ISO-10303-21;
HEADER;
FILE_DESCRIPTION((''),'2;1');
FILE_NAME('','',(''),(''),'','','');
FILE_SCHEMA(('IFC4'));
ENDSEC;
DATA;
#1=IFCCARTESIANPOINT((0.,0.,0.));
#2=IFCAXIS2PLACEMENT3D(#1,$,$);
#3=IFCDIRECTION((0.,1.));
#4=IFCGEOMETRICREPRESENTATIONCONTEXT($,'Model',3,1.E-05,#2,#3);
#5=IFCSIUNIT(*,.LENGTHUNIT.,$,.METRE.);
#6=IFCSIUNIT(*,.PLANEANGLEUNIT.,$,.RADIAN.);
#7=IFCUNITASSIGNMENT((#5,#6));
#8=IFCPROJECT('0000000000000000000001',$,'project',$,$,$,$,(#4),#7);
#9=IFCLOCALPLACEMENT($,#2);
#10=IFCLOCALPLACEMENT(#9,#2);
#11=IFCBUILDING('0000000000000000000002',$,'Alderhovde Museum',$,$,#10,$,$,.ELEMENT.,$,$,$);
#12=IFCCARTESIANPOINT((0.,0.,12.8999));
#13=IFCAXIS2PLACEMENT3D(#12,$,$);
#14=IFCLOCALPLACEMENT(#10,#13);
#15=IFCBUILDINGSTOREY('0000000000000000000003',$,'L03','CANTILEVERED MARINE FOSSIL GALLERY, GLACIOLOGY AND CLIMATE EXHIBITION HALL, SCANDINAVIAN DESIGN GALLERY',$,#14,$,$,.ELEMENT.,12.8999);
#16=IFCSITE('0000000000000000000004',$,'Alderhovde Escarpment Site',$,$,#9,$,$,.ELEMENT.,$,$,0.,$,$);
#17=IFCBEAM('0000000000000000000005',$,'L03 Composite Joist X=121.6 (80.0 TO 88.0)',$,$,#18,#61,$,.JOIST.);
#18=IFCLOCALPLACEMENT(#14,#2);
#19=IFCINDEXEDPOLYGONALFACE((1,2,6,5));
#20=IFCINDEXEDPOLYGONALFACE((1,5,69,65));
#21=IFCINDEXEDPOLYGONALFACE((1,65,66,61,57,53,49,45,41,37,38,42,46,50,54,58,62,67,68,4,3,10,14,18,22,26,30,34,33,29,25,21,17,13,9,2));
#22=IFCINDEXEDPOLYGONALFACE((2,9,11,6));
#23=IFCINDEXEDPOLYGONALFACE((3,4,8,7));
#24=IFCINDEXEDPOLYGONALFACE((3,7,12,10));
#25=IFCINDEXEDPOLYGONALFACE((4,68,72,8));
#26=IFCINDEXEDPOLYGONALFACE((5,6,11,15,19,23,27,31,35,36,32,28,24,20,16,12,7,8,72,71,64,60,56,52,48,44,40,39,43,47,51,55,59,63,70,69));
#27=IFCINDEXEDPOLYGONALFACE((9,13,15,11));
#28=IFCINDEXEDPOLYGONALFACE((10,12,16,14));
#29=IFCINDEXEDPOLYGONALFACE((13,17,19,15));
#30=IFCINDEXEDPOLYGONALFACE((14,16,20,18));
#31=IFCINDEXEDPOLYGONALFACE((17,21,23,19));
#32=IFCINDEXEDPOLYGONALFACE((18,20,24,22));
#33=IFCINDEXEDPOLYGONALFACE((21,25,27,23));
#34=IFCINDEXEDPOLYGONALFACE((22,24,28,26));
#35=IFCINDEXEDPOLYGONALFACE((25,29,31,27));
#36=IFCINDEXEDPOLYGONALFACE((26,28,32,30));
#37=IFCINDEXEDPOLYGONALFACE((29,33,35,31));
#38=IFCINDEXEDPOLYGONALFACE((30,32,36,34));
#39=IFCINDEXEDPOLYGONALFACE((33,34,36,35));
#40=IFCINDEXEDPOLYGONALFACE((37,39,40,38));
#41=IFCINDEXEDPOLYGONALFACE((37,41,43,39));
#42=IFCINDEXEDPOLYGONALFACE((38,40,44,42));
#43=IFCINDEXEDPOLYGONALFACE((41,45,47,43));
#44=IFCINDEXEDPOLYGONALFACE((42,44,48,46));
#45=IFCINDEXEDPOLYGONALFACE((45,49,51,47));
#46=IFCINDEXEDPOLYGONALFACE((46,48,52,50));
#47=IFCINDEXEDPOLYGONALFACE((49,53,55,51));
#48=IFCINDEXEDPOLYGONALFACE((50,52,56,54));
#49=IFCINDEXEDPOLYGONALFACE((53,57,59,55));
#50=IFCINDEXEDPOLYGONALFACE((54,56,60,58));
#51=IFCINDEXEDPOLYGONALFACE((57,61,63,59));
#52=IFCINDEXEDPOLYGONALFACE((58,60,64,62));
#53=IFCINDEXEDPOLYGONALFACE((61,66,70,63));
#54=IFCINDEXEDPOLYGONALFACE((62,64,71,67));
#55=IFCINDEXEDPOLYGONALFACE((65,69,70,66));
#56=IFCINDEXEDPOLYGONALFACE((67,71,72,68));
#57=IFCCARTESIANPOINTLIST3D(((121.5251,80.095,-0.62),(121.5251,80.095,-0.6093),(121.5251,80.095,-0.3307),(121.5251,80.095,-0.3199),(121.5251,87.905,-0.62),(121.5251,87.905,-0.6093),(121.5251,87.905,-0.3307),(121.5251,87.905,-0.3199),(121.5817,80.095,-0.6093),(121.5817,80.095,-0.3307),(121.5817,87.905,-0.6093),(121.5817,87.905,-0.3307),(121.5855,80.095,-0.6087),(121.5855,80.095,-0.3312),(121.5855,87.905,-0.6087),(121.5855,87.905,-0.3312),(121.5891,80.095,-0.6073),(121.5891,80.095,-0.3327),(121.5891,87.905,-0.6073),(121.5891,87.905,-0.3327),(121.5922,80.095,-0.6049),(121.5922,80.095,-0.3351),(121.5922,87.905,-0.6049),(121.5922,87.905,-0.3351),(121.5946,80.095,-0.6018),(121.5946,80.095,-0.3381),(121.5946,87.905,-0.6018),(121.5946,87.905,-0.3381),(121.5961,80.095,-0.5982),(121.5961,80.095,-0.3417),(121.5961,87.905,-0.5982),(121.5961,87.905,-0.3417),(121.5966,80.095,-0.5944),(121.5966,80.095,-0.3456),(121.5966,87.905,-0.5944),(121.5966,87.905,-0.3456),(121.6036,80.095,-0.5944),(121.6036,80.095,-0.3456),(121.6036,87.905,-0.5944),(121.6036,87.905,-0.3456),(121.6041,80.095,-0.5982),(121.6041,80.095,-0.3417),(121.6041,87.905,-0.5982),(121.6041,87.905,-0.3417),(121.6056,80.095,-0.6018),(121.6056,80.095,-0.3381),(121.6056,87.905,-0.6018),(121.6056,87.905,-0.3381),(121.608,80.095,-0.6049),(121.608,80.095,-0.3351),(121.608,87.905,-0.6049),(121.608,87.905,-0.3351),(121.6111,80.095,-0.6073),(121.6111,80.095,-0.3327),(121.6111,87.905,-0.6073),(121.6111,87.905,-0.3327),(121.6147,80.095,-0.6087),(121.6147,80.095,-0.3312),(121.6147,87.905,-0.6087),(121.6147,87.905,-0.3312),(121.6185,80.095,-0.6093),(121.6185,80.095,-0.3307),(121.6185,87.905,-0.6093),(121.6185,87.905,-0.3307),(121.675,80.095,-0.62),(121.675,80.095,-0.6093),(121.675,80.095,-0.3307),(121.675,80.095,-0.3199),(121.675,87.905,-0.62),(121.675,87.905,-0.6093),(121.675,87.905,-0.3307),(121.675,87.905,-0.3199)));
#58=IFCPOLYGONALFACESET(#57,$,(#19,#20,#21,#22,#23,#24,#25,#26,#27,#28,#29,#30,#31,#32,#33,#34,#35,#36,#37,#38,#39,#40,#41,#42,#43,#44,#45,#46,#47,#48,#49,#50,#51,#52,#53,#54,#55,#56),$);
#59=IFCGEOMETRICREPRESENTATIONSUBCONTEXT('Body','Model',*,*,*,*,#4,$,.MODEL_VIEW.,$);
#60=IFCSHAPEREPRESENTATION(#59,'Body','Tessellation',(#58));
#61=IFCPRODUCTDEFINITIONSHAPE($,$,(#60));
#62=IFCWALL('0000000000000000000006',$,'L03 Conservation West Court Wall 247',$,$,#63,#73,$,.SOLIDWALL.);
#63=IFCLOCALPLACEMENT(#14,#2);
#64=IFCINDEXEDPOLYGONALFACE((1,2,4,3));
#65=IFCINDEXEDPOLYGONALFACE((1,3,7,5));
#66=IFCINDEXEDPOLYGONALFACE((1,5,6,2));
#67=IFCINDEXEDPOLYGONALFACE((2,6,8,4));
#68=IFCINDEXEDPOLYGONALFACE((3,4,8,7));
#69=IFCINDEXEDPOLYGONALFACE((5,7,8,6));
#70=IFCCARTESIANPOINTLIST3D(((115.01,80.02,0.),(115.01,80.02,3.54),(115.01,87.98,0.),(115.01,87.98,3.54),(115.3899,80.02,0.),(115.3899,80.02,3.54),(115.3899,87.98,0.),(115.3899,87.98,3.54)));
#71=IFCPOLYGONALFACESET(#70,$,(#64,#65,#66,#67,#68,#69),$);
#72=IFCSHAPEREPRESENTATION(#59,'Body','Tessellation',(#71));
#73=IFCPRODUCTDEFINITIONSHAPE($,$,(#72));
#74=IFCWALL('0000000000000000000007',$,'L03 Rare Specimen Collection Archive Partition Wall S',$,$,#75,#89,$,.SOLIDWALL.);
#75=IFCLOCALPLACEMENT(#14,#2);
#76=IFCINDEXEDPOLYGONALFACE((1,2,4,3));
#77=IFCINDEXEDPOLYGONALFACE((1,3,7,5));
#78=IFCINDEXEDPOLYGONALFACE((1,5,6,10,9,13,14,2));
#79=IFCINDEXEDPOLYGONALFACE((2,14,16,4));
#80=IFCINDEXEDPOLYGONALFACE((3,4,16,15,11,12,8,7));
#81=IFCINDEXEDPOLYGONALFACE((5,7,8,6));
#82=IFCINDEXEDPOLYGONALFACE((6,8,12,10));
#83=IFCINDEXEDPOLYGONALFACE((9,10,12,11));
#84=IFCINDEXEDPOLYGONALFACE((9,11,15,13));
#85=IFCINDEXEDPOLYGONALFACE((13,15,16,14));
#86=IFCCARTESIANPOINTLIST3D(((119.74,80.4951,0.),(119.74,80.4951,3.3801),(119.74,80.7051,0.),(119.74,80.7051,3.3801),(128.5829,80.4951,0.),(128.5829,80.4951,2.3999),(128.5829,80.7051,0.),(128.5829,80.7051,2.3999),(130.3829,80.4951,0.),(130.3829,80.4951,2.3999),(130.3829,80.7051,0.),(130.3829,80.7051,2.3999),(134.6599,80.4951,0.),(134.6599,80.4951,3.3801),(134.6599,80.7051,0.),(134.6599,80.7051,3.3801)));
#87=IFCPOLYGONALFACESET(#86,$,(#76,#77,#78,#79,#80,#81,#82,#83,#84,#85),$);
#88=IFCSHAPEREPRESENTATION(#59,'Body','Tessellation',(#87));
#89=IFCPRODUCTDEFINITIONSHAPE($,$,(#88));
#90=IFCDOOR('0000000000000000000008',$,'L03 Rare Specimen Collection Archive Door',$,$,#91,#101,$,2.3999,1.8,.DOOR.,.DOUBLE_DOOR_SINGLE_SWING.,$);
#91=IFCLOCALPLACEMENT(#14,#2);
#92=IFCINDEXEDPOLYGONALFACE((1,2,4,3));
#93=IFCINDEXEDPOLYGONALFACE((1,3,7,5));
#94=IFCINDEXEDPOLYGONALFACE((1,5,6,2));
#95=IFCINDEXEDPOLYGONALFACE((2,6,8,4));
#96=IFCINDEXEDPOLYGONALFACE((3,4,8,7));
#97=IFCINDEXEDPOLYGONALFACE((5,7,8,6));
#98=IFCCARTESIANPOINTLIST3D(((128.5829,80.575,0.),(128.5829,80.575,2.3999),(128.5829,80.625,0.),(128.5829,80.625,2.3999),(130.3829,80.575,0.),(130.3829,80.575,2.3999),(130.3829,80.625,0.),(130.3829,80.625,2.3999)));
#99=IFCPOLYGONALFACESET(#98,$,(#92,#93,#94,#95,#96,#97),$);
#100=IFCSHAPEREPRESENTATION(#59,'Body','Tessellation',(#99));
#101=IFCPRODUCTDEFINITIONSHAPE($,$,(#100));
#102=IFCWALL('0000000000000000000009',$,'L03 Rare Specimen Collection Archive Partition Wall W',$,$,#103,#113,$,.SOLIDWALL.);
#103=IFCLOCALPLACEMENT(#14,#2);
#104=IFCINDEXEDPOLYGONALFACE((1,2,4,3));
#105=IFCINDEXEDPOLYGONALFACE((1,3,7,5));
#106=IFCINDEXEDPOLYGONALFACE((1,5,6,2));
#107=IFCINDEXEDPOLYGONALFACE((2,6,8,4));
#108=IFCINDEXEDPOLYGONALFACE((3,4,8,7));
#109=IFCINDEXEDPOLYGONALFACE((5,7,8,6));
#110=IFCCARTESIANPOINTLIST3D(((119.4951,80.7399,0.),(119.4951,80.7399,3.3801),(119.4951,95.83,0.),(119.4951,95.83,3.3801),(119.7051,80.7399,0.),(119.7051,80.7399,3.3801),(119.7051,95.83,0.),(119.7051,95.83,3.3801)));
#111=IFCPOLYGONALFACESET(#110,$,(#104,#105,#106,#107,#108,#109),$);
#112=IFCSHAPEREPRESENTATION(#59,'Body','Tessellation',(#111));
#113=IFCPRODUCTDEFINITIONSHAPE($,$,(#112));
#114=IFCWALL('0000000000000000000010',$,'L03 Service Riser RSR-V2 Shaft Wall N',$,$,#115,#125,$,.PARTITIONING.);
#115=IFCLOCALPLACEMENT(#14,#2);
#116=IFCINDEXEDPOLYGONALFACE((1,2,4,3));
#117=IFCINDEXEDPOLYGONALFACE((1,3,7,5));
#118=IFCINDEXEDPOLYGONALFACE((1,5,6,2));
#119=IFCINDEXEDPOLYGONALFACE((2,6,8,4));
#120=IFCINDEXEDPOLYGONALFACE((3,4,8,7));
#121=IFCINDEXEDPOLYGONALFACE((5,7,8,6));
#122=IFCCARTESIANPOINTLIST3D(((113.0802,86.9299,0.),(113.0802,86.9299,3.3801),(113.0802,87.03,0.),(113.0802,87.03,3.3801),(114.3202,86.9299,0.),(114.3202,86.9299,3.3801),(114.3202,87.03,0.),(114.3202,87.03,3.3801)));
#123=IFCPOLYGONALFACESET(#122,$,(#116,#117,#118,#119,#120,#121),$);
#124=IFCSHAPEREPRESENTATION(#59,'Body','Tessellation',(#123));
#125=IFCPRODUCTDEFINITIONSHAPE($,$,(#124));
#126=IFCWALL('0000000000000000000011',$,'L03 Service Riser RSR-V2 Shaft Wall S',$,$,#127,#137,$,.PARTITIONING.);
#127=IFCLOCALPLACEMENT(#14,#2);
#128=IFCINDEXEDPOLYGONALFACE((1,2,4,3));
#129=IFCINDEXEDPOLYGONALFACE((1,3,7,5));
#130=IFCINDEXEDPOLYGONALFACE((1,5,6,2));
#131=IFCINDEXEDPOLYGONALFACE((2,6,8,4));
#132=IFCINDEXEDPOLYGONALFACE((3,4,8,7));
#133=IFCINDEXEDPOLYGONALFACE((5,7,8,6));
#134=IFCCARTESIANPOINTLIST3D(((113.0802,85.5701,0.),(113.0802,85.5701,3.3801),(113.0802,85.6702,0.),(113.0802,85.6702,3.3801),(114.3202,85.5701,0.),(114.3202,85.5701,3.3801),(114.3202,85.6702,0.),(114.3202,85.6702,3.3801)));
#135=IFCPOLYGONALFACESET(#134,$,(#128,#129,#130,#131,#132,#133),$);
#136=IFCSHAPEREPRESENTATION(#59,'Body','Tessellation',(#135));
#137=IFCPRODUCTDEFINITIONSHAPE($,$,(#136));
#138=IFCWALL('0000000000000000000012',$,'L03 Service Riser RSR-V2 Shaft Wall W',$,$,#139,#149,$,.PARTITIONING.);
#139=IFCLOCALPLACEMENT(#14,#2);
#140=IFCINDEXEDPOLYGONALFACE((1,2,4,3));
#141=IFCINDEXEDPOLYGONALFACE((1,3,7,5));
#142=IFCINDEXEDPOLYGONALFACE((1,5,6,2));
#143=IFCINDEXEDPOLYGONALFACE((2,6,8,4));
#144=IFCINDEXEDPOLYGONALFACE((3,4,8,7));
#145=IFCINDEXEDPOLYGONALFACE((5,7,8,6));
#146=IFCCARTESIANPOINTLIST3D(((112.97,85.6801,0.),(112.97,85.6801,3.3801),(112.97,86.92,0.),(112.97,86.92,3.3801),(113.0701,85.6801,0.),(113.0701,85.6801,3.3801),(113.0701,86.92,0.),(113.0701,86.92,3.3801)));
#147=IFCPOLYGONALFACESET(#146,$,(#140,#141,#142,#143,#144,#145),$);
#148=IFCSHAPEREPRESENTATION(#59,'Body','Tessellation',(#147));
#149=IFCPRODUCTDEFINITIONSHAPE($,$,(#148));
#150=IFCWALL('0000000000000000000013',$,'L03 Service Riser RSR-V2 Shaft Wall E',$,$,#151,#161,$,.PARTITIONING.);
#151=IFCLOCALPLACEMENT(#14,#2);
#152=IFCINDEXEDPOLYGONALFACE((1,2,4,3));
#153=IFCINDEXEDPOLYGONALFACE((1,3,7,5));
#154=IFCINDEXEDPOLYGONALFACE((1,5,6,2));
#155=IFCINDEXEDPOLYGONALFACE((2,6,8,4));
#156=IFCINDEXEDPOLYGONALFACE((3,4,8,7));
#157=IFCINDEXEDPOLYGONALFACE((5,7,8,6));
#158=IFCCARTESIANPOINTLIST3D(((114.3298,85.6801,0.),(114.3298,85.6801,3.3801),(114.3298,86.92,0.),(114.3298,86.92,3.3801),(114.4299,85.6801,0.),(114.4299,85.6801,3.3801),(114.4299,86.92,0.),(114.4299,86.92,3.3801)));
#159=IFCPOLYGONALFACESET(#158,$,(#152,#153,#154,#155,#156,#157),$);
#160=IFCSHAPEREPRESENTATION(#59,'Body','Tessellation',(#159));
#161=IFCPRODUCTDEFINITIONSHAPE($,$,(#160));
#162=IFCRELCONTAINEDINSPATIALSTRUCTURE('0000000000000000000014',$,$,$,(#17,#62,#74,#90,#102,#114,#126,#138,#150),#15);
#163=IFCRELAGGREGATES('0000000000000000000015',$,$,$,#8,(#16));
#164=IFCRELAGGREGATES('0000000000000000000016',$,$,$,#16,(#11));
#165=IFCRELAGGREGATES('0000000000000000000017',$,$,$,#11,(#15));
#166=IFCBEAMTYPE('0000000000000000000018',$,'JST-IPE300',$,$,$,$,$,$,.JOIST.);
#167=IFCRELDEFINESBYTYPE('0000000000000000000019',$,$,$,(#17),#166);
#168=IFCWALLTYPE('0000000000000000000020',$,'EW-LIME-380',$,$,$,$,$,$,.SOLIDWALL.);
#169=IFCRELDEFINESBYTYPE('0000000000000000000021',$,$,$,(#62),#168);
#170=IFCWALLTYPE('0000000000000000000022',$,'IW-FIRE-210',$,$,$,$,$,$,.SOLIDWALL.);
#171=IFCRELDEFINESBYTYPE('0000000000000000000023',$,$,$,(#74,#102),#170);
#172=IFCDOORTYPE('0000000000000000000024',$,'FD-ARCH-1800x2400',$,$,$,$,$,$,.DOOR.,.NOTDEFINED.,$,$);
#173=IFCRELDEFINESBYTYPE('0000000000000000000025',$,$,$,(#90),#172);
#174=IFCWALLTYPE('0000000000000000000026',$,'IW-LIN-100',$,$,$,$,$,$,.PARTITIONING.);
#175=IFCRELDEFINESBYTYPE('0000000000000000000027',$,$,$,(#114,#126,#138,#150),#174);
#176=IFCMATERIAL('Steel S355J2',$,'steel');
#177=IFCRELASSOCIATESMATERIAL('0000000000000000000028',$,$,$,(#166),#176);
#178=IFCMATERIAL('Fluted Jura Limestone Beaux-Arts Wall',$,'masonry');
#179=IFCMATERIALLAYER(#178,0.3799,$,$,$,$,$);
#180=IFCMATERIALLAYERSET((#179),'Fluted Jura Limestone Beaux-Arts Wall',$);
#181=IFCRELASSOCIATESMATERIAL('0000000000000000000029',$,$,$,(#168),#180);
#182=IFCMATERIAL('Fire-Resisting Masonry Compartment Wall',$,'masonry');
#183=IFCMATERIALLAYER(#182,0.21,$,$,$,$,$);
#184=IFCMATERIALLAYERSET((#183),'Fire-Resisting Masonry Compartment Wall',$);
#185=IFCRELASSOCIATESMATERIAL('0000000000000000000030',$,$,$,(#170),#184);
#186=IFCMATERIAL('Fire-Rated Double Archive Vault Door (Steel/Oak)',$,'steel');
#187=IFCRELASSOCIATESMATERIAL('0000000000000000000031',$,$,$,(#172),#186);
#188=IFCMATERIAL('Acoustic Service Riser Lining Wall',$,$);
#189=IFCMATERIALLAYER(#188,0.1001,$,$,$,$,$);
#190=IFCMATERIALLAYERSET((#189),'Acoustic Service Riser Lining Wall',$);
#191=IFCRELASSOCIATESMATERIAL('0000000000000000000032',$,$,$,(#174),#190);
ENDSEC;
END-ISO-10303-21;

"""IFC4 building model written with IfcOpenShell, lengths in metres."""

from ifc_helpers import new_model, si_unit, direction, frame, frame_2d, origin, origin_2d, place, context, subcontext, project, spatial, rectangle, i_section, extrude, material, layer, layer_set, material_profile, profile_set, type_object, element, fill, save


model = new_model("IFC4")

# Units and contexts
model_context = context("Model", 3, precision=1e-05, world=origin(), true_north=direction((0.0, 1.0)))
body_context = subcontext(model_context, "Body", "Model", "MODEL_VIEW")
ifc_project = project(units=[si_unit("LENGTHUNIT", "METRE"), si_unit("PLANEANGLEUNIT", "RADIAN")], contexts=[model_context])

# Site, building, storey
site_placement = place(None, origin())
site = spatial("IfcSite", under=ifc_project, at=site_placement, Name="Alderhovde Escarpment Site", CompositionType="ELEMENT", RefElevation=0.0)
building_placement = place(site_placement, origin())
building = spatial("IfcBuilding", under=site, at=building_placement, Name="Alderhovde Museum", CompositionType="ELEMENT")
storey_placement = place(building_placement, frame((0.0, 0.0, 12.8999)))
storey = spatial("IfcBuildingStorey", under=building, at=storey_placement, Name="L03", Description="CANTILEVERED MARINE FOSSIL GALLERY, GLACIOLOGY AND CLIMATE EXHIBITION HALL, SCANDINAVIAN DESIGN GALLERY", CompositionType="ELEMENT", Elevation=12.8999)

# Beam
ifc_material_1 = material(Name="Steel S355J2", Category="steel")
ifc_material_profile_1 = material_profile(ifc_material_1, i_section(OverallWidth=0.1499, OverallDepth=0.3, WebThickness=0.0071, FlangeThickness=0.0107, FilletRadius=0.0149, at=origin_2d()), Name="IPE 300")
ifc_profile_set_1 = profile_set([ifc_material_profile_1], Name="Steel S355J2")
beam_type_1 = type_object("IfcBeamType", Name="JST-IPE300", PredefinedType="JOIST", material=ifc_profile_set_1)
for number, where, z_axis, x_axis, name in (
    (1, (121.6001, 80.095, -0.47), (0.0, 1.0, 0.0), (-1.0, 0.0, 0.0), "L03 Composite Joist X=121.6 (80.0 TO 88.0)"),
):
    element("IfcBeam", number, at=place(storey_placement, frame(where, z_axis=z_axis, x_axis=x_axis)), inside=storey, type_object=beam_type_1, Name=name, PredefinedType="JOIST", context=body_context, shape_type="SweptSolid", body=[
        extrude(i_section(OverallWidth=0.1499, OverallDepth=0.3, WebThickness=0.0071, FlangeThickness=0.0107, FilletRadius=0.0149, at=origin_2d()), origin(), (0.0, 0.0, 1.0), 7.8101),
    ])

# Wall
ifc_material_2 = material(Name="Fluted Jura Limestone Beaux-Arts Wall", Category="masonry")
ifc_layer_1 = layer(ifc_material_2, 0.3799)
ifc_layer_set_1 = layer_set([ifc_layer_1], Name="Fluted Jura Limestone Beaux-Arts Wall")
wall_type_1 = type_object("IfcWallType", Name="EW-LIME-380", PredefinedType="SOLIDWALL", material=ifc_layer_set_1)
wall_1_placement = place(storey_placement, frame((115.2, 80.02, 0.0), z_axis=(0.0, 0.0, 1.0), x_axis=(0.0, 1.0, 0.0)))
element("IfcWall", 2, at=wall_1_placement, inside=storey, type_object=wall_type_1, Name="L03 Conservation West Court Wall 247", PredefinedType="SOLIDWALL", context=body_context, shape_type="SweptSolid", body=[
    extrude(rectangle(XDim=7.96, YDim=0.3799, at=frame_2d((3.98, 0.0))), origin(), (0.0, 0.0, 1.0), 3.54),
])

# Wall, opening, door
ifc_material_3 = material(Name="Fire-Resisting Masonry Compartment Wall", Category="masonry")
ifc_layer_2 = layer(ifc_material_3, 0.21)
ifc_layer_set_2 = layer_set([ifc_layer_2], Name="Fire-Resisting Masonry Compartment Wall")
wall_type_2 = type_object("IfcWallType", Name="IW-FIRE-210", PredefinedType="SOLIDWALL", material=ifc_layer_set_2)
wall_2_placement = place(storey_placement, frame((119.74, 80.6001, 0.0), z_axis=(0.0, 0.0, 1.0), x_axis=(1.0, 0.0, 0.0)))
wall_2 = element("IfcWall", 3, at=wall_2_placement, inside=storey, type_object=wall_type_2, Name="L03 Rare Specimen Collection Archive Partition Wall S", PredefinedType="SOLIDWALL", context=body_context, shape_type="SweptSolid", body=[
    extrude(rectangle(XDim=14.9199, YDim=0.21, at=frame_2d((7.46, 0.0))), origin(), (0.0, 0.0, 1.0), 3.3801),
])
opening_1_placement = place(wall_2_placement, frame((8.843, 0.0, 0.0)))
opening_1 = element("IfcOpeningElement", 4, at=opening_1_placement, cuts=wall_2, PredefinedType="OPENING", context=body_context, shape_type="SweptSolid", body=[
    extrude(rectangle(XDim=1.8, YDim=2.3999, at=frame_2d((0.8999, 1.2))), frame((0.0, 0.115, 0.0), z_axis=(0.0, -1.0, 0.0), x_axis=(1.0, 0.0, 0.0)), (0.0, 0.0, 1.0), 0.23),
])
ifc_material_4 = material(Name="Fire-Rated Double Archive Vault Door (Steel/Oak)", Category="steel")
door_type_1 = type_object("IfcDoorType", Name="FD-ARCH-1800x2400", OperationType="NOTDEFINED", PredefinedType="DOOR", material=ifc_material_4)
door_1_placement = place(opening_1_placement, origin())
door_1 = element("IfcDoor", 5, at=door_1_placement, inside=storey, type_object=door_type_1, Name="L03 Rare Specimen Collection Archive Door", OperationType="DOUBLE_DOOR_SINGLE_SWING", OverallHeight=2.3999, OverallWidth=1.8, PredefinedType="DOOR", context=body_context, shape_type="SweptSolid", body=[
    extrude(rectangle(XDim=1.8, YDim=2.3999, at=frame_2d((0.8999, 1.2))), frame((0.0, 0.0249, 0.0), z_axis=(0.0, -1.0, 0.0), x_axis=(1.0, 0.0, 0.0)), (0.0, 0.0, 1.0), 0.05),
])
fill(opening_1, door_1)

# Walls
wall_3_placement = place(storey_placement, frame((119.6001, 80.74, 0.0), z_axis=(0.0, 0.0, 1.0), x_axis=(0.0, 1.0, 0.0)))
element("IfcWall", 6, at=wall_3_placement, inside=storey, type_object=wall_type_2, Name="L03 Rare Specimen Collection Archive Partition Wall W", PredefinedType="SOLIDWALL", context=body_context, shape_type="SweptSolid", body=[
    extrude(rectangle(XDim=15.0901, YDim=0.21, at=frame_2d((7.5449, 0.0))), origin(), (0.0, 0.0, 1.0), 3.3801),
])
ifc_material_5 = material(Name="Acoustic Service Riser Lining Wall")
ifc_layer_3 = layer(ifc_material_5, 0.1001)
ifc_layer_set_3 = layer_set([ifc_layer_3], Name="Acoustic Service Riser Lining Wall")
wall_type_3 = type_object("IfcWallType", Name="IW-LIN-100", PredefinedType="PARTITIONING", material=ifc_layer_set_3)
for number, where, z_axis, x_axis, name in (
    (7, (113.0801, 86.98, 0.0), (0.0, 0.0, 1.0), (1.0, 0.0, 0.0), "L03 Service Riser RSR-V2 Shaft Wall N"),
    (8, (113.0801, 85.6201, 0.0), (0.0, 0.0, 1.0), (1.0, 0.0, 0.0), "L03 Service Riser RSR-V2 Shaft Wall S"),
    (9, (113.02, 85.6799, 0.0), (0.0, 0.0, 1.0), (0.0, 1.0, 0.0), "L03 Service Riser RSR-V2 Shaft Wall W"),
    (10, (114.3799, 85.6799, 0.0), (0.0, 0.0, 1.0), (0.0, 1.0, 0.0), "L03 Service Riser RSR-V2 Shaft Wall E"),
):
    element("IfcWall", number, at=place(storey_placement, frame(where, z_axis=z_axis, x_axis=x_axis)), inside=storey, type_object=wall_type_3, Name=name, PredefinedType="PARTITIONING", context=body_context, shape_type="SweptSolid", body=[
        extrude(rectangle(XDim=1.24, YDim=0.1001, at=frame_2d((0.6201, 0.0))), origin(), (0.0, 0.0, 1.0), 3.3801),
    ])

save(model, "model.ifc")
